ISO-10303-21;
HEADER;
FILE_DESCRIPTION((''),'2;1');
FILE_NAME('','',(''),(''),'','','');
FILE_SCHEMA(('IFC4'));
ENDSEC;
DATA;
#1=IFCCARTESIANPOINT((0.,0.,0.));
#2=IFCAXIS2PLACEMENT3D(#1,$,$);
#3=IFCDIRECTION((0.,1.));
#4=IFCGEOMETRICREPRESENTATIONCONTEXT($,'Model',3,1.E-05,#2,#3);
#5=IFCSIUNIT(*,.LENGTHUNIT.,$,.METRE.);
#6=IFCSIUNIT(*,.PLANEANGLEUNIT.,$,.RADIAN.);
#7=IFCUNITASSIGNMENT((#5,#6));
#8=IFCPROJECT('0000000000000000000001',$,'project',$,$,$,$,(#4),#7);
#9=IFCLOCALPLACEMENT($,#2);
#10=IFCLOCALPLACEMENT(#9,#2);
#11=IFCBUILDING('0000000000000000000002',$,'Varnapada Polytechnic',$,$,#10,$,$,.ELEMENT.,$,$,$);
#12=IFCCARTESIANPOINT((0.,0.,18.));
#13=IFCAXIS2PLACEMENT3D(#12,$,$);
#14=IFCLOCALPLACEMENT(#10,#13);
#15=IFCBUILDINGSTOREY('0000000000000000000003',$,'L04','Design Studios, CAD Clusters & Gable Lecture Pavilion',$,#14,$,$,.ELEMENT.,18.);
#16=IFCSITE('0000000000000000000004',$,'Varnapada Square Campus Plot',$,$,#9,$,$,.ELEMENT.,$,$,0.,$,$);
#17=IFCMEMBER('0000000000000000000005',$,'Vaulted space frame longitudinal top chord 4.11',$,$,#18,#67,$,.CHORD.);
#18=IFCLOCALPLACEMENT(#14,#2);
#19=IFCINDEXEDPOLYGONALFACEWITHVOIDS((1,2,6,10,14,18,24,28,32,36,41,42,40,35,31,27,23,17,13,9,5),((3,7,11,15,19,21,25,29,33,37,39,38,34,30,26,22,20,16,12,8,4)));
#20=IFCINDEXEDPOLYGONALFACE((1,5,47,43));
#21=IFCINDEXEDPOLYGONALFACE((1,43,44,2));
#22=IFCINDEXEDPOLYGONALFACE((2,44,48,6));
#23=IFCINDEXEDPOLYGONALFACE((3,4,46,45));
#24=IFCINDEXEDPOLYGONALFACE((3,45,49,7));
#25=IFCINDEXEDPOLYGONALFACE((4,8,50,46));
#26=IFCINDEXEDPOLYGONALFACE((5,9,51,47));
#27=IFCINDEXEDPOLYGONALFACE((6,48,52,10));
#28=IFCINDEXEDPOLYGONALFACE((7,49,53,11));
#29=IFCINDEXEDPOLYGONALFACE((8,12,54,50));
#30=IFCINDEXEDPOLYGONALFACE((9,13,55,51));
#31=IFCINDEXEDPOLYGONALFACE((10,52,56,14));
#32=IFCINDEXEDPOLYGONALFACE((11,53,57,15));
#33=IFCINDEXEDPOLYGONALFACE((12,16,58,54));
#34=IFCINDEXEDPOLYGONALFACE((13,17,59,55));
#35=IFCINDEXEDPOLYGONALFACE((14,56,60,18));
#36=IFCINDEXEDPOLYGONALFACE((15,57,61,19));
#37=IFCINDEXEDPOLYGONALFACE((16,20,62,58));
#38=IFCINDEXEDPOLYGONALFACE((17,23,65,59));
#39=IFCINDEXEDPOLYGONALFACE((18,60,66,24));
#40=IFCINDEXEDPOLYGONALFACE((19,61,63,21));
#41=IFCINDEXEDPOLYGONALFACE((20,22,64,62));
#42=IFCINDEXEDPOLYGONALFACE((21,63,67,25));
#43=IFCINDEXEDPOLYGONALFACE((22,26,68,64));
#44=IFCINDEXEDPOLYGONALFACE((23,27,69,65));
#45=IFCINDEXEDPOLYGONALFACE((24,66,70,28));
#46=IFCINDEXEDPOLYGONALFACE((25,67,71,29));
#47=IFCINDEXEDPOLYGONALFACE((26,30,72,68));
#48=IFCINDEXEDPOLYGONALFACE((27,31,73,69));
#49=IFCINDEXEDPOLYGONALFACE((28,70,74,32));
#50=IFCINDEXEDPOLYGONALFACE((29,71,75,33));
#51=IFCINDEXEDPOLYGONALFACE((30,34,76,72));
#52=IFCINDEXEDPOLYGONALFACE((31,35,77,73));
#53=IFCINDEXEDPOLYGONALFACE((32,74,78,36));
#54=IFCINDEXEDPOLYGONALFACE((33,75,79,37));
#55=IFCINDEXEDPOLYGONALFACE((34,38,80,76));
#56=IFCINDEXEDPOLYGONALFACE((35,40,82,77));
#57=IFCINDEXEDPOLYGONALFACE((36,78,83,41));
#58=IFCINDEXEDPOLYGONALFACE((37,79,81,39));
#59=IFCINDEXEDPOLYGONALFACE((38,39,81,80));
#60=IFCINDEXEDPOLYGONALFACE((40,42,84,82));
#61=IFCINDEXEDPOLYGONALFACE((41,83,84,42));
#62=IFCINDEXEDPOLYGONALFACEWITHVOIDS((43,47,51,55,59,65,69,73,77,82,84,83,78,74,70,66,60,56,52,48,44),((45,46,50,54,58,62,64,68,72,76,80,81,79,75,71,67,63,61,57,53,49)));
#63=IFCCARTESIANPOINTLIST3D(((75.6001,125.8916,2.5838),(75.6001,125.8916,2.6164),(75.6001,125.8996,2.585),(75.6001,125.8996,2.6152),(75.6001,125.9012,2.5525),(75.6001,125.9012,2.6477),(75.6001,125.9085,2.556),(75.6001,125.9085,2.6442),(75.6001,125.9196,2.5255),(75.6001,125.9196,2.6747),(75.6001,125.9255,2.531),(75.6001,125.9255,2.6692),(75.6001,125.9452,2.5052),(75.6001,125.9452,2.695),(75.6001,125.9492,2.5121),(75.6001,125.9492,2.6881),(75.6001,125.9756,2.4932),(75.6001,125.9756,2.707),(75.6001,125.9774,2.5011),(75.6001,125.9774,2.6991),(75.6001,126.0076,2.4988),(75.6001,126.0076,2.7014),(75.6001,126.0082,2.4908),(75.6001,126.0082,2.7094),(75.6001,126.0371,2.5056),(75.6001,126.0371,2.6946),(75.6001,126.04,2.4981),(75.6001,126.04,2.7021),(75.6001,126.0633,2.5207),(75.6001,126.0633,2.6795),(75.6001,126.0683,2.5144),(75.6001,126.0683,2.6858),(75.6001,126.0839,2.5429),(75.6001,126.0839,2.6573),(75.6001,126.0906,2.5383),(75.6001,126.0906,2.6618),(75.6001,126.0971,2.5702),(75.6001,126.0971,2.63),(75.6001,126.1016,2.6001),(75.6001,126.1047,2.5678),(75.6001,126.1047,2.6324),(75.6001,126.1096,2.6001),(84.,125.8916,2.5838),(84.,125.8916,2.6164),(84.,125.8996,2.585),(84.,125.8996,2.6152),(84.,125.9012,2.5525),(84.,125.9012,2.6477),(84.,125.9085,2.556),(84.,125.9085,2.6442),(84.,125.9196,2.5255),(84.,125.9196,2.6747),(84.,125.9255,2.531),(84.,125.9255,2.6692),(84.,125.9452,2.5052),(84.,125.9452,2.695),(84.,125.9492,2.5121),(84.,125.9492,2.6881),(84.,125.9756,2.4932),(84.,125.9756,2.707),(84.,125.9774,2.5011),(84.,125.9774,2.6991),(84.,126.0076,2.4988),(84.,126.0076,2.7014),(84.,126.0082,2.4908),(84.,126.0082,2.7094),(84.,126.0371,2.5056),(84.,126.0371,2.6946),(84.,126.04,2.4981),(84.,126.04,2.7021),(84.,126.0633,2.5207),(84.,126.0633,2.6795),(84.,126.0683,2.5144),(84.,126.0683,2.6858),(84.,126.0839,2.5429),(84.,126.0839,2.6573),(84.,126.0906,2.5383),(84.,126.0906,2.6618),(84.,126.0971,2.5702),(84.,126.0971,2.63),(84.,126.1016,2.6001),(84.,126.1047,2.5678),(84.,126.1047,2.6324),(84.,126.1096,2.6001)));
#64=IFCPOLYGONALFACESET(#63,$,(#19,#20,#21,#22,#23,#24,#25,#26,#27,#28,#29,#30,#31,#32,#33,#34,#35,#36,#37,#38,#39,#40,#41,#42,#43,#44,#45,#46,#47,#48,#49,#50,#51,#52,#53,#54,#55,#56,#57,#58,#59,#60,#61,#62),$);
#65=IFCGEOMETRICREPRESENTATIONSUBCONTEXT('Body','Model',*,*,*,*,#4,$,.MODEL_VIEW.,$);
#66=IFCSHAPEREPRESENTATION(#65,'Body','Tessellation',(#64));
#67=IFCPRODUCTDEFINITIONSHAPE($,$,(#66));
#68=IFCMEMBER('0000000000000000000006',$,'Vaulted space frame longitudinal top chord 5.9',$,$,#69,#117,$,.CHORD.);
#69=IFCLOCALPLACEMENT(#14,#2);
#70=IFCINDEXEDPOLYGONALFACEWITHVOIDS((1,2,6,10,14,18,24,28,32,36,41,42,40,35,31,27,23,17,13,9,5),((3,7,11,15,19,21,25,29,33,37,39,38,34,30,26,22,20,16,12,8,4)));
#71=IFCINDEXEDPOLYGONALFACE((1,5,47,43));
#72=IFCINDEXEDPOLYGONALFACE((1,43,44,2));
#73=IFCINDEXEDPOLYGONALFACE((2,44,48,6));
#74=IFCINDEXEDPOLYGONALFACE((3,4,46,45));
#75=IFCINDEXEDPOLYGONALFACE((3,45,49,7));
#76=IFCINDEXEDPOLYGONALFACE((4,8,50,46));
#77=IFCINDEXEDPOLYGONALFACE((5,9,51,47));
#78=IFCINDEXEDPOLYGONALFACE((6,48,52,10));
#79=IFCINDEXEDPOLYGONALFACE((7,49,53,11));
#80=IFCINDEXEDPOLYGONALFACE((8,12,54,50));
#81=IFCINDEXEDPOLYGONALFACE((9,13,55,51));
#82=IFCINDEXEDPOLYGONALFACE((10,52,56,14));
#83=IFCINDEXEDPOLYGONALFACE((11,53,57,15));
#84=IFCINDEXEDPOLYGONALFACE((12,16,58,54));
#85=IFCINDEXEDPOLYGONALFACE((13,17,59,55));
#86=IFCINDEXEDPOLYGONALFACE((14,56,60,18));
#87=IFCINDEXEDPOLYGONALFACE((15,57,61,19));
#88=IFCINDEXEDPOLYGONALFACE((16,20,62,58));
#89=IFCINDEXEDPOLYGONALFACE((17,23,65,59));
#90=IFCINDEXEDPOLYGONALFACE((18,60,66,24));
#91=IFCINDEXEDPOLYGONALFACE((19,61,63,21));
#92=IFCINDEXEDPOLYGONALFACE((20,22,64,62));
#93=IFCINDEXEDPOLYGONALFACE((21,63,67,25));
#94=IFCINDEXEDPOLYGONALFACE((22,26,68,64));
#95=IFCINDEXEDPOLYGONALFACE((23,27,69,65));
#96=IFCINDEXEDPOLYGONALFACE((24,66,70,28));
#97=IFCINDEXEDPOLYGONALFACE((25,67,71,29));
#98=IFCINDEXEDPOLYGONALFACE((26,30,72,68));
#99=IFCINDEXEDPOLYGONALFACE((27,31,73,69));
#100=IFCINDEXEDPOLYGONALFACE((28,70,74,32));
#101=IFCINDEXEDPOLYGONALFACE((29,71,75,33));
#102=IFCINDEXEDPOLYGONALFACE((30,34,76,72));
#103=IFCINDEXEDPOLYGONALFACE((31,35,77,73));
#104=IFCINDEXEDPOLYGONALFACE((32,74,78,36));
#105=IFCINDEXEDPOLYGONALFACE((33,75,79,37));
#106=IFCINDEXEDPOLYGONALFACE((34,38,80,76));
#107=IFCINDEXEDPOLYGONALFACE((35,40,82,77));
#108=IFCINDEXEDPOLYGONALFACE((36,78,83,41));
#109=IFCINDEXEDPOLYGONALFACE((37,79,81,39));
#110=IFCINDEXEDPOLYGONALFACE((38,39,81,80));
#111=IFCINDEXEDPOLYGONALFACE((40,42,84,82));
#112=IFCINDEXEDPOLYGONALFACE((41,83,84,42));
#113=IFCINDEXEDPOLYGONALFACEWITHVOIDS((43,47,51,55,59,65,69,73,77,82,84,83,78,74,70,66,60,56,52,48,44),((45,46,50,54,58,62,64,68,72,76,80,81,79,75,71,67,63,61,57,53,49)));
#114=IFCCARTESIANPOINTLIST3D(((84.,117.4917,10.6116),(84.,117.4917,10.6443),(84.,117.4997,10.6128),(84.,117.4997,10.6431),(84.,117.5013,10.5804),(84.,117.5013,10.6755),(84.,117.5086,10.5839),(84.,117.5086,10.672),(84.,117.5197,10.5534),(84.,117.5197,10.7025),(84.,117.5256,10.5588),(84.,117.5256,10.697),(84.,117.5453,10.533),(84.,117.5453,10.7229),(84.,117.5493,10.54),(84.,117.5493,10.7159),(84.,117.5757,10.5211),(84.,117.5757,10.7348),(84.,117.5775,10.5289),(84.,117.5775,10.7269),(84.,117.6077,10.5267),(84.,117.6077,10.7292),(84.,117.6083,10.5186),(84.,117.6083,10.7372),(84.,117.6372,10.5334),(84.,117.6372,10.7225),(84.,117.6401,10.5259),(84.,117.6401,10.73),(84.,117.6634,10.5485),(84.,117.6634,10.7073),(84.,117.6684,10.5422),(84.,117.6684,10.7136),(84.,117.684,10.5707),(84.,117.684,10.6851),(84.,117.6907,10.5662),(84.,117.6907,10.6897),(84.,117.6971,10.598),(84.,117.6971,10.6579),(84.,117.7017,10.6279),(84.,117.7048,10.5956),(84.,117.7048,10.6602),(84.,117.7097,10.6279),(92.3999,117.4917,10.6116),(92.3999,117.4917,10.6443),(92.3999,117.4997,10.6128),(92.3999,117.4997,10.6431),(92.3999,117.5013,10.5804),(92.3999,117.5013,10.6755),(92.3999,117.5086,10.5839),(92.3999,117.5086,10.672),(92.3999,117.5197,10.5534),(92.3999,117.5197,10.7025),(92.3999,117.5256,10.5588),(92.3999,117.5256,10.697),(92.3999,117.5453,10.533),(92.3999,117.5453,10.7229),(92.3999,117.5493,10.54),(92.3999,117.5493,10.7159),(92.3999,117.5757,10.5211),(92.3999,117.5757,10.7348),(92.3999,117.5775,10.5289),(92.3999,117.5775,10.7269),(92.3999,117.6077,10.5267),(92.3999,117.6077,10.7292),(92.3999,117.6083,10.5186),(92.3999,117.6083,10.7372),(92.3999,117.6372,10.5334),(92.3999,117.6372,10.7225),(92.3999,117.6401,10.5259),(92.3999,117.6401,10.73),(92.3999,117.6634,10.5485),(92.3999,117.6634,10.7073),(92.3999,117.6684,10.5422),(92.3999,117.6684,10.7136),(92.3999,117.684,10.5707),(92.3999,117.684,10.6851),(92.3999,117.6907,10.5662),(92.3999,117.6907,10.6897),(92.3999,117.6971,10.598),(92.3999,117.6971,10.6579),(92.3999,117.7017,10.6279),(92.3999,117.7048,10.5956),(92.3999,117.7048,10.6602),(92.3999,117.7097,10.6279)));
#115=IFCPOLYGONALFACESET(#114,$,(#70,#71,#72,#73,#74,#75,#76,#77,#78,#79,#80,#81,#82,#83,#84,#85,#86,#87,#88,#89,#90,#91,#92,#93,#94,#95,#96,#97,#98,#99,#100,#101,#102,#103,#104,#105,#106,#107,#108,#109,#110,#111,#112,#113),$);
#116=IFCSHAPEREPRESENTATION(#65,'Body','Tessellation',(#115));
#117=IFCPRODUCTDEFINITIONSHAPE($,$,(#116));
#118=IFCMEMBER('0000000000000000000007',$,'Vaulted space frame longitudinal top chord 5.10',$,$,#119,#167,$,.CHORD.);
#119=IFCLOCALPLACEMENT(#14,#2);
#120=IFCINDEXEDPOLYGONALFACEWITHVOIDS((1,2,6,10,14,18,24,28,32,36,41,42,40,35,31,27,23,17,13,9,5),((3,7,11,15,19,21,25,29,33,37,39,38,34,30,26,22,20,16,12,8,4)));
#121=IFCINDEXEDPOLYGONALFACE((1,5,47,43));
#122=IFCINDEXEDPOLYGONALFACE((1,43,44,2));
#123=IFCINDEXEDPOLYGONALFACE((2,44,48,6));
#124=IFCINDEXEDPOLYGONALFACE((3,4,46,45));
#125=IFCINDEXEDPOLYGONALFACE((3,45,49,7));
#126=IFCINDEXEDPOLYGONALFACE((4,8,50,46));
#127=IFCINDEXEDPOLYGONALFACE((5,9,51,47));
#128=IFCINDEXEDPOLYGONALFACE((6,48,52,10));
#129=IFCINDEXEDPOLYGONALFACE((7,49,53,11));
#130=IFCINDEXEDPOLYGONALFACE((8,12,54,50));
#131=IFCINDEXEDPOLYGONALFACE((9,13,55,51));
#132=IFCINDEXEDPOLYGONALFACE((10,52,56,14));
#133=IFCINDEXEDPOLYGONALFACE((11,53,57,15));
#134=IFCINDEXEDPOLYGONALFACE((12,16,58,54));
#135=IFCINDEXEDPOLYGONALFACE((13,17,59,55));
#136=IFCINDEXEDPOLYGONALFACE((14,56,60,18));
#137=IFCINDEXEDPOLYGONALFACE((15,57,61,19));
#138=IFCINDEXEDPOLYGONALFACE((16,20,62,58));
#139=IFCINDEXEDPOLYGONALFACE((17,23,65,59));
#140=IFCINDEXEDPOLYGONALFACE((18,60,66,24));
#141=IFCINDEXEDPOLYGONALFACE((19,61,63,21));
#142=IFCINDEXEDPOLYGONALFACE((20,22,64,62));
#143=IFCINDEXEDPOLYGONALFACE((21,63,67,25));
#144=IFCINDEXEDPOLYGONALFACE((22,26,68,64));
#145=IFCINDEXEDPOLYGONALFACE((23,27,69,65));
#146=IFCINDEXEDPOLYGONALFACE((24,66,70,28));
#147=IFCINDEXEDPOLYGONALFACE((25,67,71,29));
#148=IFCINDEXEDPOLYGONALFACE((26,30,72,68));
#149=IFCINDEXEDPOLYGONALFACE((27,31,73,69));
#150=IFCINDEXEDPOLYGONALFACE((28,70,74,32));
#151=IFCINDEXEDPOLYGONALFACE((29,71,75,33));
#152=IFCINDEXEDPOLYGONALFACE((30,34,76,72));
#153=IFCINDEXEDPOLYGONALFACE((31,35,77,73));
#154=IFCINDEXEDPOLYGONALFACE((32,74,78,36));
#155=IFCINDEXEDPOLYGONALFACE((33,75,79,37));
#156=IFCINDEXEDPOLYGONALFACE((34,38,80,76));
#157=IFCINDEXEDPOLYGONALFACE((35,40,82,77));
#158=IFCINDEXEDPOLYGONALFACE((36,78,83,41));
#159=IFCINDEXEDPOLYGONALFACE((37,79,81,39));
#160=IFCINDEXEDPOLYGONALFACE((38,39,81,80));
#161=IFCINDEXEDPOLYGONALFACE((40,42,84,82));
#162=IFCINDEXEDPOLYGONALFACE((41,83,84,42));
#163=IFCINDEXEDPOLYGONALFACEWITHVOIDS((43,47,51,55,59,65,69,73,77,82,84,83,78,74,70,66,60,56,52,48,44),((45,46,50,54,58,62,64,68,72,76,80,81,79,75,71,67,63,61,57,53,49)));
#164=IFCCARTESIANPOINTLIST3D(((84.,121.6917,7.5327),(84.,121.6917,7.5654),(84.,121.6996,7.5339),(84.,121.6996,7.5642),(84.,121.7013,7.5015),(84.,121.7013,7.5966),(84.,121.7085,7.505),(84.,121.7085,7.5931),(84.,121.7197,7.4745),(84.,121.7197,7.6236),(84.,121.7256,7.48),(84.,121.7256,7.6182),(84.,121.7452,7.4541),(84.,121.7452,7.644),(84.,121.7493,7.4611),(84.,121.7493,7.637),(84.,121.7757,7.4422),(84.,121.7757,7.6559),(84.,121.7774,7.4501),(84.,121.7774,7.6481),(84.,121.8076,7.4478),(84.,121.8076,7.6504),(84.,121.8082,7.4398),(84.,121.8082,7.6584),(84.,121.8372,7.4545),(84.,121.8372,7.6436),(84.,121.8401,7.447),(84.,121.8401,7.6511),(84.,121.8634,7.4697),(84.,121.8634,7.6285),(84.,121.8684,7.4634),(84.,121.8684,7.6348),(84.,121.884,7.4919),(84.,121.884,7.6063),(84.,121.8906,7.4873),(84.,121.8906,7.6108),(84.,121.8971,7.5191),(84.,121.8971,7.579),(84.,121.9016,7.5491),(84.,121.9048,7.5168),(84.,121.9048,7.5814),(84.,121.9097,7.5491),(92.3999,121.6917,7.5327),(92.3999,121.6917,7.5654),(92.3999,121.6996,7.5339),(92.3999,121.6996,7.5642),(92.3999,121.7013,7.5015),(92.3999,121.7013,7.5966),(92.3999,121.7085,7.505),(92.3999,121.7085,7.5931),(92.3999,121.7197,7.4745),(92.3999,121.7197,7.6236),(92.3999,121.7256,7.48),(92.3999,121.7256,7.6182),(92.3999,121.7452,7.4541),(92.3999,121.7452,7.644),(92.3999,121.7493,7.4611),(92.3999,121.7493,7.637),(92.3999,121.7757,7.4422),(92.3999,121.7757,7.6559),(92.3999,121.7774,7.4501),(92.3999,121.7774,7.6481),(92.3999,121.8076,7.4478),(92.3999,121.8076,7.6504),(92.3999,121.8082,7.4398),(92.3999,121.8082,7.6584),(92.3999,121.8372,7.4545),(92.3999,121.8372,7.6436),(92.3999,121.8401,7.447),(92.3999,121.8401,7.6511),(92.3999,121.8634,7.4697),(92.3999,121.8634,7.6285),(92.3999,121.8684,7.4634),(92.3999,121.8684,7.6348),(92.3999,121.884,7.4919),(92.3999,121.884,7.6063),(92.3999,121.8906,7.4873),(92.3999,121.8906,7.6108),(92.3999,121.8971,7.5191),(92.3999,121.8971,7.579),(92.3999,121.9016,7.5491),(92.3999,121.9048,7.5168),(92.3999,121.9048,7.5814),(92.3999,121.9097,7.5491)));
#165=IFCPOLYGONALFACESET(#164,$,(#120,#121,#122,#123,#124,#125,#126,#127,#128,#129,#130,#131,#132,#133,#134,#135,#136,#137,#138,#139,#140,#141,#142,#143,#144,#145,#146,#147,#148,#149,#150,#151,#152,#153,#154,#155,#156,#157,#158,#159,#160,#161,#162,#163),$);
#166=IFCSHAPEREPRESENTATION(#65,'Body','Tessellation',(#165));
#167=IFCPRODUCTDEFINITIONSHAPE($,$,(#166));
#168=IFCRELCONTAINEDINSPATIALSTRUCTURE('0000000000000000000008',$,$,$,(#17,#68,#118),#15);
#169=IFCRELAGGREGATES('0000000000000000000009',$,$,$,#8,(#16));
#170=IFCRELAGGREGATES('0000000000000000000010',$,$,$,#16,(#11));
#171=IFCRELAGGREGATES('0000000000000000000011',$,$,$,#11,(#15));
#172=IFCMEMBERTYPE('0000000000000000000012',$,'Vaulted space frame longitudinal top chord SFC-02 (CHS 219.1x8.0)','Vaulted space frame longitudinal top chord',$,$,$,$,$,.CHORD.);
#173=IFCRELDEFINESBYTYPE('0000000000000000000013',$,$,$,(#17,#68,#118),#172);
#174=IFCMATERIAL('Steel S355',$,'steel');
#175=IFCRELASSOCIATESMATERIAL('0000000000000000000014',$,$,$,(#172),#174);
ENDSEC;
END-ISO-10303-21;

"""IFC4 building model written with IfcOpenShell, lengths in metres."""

from ifc_helpers import new_model, si_unit, direction, frame, origin, origin_2d, place, context, subcontext, project, spatial, hollow_circle, extrude, material, material_profile, profile_set, type_object, element, save


model = new_model("IFC4")

# Units and contexts
model_context = context("Model", 3, precision=1e-05, world=origin(), true_north=direction((0.0, 1.0)))
body_context = subcontext(model_context, "Body", "Model", "MODEL_VIEW")
ifc_project = project(units=[si_unit("LENGTHUNIT", "METRE"), si_unit("PLANEANGLEUNIT", "RADIAN")], contexts=[model_context])

# Site, building, storey
site_placement = place(None, origin())
site = spatial("IfcSite", under=ifc_project, at=site_placement, Name="Varnapada Square Campus Plot", CompositionType="ELEMENT", RefElevation=0.0)
building_placement = place(site_placement, origin())
building = spatial("IfcBuilding", under=site, at=building_placement, Name="Varnapada Polytechnic", CompositionType="ELEMENT")
storey_placement = place(building_placement, frame((0.0, 0.0, 18.0)))
storey = spatial("IfcBuildingStorey", under=building, at=storey_placement, Name="L04", Description="Design Studios, CAD Clusters & Gable Lecture Pavilion", CompositionType="ELEMENT", Elevation=18.0)

# Shared definitions
ifc_material = material(Name="Steel S355", Category="steel")

# Members
ifc_material_profile_1 = material_profile(ifc_material, hollow_circle(Radius=0.1096, WallThickness=0.0081, at=origin_2d()), Name="CHS 219.1x8.0")
ifc_profile_set_1 = profile_set([ifc_material_profile_1], Name="Steel S355")
member_type_1 = type_object("IfcMemberType", Name="Vaulted space frame longitudinal top chord SFC-02 (CHS 219.1x8.0)", Description="Vaulted space frame longitudinal top chord", PredefinedType="CHORD", material=ifc_profile_set_1)
for number, where, z_axis, x_axis, name in (
    (1, (75.6001, 126.0, 2.6001), (1.0, 0.0, 0.0), (0.0, 1.0, 0.0), "Vaulted space frame longitudinal top chord 4.11"),
    (2, (84.0, 117.6001, 10.6279), (1.0, 0.0, 0.0), (0.0, 1.0, 0.0), "Vaulted space frame longitudinal top chord 5.9"),
    (3, (84.0, 121.8, 7.5491), (1.0, 0.0, 0.0), (0.0, 1.0, 0.0), "Vaulted space frame longitudinal top chord 5.10"),
):
    element("IfcMember", number, at=place(storey_placement, frame(where, z_axis=z_axis, x_axis=x_axis)), inside=storey, type_object=member_type_1, Name=name, PredefinedType="CHORD", context=body_context, shape_type="SweptSolid", body=[
        extrude(hollow_circle(Radius=0.1096, WallThickness=0.0081, at=origin_2d()), origin(), (0.0, 0.0, 1.0), 8.3999),
    ])

save(model, "model.ifc")
